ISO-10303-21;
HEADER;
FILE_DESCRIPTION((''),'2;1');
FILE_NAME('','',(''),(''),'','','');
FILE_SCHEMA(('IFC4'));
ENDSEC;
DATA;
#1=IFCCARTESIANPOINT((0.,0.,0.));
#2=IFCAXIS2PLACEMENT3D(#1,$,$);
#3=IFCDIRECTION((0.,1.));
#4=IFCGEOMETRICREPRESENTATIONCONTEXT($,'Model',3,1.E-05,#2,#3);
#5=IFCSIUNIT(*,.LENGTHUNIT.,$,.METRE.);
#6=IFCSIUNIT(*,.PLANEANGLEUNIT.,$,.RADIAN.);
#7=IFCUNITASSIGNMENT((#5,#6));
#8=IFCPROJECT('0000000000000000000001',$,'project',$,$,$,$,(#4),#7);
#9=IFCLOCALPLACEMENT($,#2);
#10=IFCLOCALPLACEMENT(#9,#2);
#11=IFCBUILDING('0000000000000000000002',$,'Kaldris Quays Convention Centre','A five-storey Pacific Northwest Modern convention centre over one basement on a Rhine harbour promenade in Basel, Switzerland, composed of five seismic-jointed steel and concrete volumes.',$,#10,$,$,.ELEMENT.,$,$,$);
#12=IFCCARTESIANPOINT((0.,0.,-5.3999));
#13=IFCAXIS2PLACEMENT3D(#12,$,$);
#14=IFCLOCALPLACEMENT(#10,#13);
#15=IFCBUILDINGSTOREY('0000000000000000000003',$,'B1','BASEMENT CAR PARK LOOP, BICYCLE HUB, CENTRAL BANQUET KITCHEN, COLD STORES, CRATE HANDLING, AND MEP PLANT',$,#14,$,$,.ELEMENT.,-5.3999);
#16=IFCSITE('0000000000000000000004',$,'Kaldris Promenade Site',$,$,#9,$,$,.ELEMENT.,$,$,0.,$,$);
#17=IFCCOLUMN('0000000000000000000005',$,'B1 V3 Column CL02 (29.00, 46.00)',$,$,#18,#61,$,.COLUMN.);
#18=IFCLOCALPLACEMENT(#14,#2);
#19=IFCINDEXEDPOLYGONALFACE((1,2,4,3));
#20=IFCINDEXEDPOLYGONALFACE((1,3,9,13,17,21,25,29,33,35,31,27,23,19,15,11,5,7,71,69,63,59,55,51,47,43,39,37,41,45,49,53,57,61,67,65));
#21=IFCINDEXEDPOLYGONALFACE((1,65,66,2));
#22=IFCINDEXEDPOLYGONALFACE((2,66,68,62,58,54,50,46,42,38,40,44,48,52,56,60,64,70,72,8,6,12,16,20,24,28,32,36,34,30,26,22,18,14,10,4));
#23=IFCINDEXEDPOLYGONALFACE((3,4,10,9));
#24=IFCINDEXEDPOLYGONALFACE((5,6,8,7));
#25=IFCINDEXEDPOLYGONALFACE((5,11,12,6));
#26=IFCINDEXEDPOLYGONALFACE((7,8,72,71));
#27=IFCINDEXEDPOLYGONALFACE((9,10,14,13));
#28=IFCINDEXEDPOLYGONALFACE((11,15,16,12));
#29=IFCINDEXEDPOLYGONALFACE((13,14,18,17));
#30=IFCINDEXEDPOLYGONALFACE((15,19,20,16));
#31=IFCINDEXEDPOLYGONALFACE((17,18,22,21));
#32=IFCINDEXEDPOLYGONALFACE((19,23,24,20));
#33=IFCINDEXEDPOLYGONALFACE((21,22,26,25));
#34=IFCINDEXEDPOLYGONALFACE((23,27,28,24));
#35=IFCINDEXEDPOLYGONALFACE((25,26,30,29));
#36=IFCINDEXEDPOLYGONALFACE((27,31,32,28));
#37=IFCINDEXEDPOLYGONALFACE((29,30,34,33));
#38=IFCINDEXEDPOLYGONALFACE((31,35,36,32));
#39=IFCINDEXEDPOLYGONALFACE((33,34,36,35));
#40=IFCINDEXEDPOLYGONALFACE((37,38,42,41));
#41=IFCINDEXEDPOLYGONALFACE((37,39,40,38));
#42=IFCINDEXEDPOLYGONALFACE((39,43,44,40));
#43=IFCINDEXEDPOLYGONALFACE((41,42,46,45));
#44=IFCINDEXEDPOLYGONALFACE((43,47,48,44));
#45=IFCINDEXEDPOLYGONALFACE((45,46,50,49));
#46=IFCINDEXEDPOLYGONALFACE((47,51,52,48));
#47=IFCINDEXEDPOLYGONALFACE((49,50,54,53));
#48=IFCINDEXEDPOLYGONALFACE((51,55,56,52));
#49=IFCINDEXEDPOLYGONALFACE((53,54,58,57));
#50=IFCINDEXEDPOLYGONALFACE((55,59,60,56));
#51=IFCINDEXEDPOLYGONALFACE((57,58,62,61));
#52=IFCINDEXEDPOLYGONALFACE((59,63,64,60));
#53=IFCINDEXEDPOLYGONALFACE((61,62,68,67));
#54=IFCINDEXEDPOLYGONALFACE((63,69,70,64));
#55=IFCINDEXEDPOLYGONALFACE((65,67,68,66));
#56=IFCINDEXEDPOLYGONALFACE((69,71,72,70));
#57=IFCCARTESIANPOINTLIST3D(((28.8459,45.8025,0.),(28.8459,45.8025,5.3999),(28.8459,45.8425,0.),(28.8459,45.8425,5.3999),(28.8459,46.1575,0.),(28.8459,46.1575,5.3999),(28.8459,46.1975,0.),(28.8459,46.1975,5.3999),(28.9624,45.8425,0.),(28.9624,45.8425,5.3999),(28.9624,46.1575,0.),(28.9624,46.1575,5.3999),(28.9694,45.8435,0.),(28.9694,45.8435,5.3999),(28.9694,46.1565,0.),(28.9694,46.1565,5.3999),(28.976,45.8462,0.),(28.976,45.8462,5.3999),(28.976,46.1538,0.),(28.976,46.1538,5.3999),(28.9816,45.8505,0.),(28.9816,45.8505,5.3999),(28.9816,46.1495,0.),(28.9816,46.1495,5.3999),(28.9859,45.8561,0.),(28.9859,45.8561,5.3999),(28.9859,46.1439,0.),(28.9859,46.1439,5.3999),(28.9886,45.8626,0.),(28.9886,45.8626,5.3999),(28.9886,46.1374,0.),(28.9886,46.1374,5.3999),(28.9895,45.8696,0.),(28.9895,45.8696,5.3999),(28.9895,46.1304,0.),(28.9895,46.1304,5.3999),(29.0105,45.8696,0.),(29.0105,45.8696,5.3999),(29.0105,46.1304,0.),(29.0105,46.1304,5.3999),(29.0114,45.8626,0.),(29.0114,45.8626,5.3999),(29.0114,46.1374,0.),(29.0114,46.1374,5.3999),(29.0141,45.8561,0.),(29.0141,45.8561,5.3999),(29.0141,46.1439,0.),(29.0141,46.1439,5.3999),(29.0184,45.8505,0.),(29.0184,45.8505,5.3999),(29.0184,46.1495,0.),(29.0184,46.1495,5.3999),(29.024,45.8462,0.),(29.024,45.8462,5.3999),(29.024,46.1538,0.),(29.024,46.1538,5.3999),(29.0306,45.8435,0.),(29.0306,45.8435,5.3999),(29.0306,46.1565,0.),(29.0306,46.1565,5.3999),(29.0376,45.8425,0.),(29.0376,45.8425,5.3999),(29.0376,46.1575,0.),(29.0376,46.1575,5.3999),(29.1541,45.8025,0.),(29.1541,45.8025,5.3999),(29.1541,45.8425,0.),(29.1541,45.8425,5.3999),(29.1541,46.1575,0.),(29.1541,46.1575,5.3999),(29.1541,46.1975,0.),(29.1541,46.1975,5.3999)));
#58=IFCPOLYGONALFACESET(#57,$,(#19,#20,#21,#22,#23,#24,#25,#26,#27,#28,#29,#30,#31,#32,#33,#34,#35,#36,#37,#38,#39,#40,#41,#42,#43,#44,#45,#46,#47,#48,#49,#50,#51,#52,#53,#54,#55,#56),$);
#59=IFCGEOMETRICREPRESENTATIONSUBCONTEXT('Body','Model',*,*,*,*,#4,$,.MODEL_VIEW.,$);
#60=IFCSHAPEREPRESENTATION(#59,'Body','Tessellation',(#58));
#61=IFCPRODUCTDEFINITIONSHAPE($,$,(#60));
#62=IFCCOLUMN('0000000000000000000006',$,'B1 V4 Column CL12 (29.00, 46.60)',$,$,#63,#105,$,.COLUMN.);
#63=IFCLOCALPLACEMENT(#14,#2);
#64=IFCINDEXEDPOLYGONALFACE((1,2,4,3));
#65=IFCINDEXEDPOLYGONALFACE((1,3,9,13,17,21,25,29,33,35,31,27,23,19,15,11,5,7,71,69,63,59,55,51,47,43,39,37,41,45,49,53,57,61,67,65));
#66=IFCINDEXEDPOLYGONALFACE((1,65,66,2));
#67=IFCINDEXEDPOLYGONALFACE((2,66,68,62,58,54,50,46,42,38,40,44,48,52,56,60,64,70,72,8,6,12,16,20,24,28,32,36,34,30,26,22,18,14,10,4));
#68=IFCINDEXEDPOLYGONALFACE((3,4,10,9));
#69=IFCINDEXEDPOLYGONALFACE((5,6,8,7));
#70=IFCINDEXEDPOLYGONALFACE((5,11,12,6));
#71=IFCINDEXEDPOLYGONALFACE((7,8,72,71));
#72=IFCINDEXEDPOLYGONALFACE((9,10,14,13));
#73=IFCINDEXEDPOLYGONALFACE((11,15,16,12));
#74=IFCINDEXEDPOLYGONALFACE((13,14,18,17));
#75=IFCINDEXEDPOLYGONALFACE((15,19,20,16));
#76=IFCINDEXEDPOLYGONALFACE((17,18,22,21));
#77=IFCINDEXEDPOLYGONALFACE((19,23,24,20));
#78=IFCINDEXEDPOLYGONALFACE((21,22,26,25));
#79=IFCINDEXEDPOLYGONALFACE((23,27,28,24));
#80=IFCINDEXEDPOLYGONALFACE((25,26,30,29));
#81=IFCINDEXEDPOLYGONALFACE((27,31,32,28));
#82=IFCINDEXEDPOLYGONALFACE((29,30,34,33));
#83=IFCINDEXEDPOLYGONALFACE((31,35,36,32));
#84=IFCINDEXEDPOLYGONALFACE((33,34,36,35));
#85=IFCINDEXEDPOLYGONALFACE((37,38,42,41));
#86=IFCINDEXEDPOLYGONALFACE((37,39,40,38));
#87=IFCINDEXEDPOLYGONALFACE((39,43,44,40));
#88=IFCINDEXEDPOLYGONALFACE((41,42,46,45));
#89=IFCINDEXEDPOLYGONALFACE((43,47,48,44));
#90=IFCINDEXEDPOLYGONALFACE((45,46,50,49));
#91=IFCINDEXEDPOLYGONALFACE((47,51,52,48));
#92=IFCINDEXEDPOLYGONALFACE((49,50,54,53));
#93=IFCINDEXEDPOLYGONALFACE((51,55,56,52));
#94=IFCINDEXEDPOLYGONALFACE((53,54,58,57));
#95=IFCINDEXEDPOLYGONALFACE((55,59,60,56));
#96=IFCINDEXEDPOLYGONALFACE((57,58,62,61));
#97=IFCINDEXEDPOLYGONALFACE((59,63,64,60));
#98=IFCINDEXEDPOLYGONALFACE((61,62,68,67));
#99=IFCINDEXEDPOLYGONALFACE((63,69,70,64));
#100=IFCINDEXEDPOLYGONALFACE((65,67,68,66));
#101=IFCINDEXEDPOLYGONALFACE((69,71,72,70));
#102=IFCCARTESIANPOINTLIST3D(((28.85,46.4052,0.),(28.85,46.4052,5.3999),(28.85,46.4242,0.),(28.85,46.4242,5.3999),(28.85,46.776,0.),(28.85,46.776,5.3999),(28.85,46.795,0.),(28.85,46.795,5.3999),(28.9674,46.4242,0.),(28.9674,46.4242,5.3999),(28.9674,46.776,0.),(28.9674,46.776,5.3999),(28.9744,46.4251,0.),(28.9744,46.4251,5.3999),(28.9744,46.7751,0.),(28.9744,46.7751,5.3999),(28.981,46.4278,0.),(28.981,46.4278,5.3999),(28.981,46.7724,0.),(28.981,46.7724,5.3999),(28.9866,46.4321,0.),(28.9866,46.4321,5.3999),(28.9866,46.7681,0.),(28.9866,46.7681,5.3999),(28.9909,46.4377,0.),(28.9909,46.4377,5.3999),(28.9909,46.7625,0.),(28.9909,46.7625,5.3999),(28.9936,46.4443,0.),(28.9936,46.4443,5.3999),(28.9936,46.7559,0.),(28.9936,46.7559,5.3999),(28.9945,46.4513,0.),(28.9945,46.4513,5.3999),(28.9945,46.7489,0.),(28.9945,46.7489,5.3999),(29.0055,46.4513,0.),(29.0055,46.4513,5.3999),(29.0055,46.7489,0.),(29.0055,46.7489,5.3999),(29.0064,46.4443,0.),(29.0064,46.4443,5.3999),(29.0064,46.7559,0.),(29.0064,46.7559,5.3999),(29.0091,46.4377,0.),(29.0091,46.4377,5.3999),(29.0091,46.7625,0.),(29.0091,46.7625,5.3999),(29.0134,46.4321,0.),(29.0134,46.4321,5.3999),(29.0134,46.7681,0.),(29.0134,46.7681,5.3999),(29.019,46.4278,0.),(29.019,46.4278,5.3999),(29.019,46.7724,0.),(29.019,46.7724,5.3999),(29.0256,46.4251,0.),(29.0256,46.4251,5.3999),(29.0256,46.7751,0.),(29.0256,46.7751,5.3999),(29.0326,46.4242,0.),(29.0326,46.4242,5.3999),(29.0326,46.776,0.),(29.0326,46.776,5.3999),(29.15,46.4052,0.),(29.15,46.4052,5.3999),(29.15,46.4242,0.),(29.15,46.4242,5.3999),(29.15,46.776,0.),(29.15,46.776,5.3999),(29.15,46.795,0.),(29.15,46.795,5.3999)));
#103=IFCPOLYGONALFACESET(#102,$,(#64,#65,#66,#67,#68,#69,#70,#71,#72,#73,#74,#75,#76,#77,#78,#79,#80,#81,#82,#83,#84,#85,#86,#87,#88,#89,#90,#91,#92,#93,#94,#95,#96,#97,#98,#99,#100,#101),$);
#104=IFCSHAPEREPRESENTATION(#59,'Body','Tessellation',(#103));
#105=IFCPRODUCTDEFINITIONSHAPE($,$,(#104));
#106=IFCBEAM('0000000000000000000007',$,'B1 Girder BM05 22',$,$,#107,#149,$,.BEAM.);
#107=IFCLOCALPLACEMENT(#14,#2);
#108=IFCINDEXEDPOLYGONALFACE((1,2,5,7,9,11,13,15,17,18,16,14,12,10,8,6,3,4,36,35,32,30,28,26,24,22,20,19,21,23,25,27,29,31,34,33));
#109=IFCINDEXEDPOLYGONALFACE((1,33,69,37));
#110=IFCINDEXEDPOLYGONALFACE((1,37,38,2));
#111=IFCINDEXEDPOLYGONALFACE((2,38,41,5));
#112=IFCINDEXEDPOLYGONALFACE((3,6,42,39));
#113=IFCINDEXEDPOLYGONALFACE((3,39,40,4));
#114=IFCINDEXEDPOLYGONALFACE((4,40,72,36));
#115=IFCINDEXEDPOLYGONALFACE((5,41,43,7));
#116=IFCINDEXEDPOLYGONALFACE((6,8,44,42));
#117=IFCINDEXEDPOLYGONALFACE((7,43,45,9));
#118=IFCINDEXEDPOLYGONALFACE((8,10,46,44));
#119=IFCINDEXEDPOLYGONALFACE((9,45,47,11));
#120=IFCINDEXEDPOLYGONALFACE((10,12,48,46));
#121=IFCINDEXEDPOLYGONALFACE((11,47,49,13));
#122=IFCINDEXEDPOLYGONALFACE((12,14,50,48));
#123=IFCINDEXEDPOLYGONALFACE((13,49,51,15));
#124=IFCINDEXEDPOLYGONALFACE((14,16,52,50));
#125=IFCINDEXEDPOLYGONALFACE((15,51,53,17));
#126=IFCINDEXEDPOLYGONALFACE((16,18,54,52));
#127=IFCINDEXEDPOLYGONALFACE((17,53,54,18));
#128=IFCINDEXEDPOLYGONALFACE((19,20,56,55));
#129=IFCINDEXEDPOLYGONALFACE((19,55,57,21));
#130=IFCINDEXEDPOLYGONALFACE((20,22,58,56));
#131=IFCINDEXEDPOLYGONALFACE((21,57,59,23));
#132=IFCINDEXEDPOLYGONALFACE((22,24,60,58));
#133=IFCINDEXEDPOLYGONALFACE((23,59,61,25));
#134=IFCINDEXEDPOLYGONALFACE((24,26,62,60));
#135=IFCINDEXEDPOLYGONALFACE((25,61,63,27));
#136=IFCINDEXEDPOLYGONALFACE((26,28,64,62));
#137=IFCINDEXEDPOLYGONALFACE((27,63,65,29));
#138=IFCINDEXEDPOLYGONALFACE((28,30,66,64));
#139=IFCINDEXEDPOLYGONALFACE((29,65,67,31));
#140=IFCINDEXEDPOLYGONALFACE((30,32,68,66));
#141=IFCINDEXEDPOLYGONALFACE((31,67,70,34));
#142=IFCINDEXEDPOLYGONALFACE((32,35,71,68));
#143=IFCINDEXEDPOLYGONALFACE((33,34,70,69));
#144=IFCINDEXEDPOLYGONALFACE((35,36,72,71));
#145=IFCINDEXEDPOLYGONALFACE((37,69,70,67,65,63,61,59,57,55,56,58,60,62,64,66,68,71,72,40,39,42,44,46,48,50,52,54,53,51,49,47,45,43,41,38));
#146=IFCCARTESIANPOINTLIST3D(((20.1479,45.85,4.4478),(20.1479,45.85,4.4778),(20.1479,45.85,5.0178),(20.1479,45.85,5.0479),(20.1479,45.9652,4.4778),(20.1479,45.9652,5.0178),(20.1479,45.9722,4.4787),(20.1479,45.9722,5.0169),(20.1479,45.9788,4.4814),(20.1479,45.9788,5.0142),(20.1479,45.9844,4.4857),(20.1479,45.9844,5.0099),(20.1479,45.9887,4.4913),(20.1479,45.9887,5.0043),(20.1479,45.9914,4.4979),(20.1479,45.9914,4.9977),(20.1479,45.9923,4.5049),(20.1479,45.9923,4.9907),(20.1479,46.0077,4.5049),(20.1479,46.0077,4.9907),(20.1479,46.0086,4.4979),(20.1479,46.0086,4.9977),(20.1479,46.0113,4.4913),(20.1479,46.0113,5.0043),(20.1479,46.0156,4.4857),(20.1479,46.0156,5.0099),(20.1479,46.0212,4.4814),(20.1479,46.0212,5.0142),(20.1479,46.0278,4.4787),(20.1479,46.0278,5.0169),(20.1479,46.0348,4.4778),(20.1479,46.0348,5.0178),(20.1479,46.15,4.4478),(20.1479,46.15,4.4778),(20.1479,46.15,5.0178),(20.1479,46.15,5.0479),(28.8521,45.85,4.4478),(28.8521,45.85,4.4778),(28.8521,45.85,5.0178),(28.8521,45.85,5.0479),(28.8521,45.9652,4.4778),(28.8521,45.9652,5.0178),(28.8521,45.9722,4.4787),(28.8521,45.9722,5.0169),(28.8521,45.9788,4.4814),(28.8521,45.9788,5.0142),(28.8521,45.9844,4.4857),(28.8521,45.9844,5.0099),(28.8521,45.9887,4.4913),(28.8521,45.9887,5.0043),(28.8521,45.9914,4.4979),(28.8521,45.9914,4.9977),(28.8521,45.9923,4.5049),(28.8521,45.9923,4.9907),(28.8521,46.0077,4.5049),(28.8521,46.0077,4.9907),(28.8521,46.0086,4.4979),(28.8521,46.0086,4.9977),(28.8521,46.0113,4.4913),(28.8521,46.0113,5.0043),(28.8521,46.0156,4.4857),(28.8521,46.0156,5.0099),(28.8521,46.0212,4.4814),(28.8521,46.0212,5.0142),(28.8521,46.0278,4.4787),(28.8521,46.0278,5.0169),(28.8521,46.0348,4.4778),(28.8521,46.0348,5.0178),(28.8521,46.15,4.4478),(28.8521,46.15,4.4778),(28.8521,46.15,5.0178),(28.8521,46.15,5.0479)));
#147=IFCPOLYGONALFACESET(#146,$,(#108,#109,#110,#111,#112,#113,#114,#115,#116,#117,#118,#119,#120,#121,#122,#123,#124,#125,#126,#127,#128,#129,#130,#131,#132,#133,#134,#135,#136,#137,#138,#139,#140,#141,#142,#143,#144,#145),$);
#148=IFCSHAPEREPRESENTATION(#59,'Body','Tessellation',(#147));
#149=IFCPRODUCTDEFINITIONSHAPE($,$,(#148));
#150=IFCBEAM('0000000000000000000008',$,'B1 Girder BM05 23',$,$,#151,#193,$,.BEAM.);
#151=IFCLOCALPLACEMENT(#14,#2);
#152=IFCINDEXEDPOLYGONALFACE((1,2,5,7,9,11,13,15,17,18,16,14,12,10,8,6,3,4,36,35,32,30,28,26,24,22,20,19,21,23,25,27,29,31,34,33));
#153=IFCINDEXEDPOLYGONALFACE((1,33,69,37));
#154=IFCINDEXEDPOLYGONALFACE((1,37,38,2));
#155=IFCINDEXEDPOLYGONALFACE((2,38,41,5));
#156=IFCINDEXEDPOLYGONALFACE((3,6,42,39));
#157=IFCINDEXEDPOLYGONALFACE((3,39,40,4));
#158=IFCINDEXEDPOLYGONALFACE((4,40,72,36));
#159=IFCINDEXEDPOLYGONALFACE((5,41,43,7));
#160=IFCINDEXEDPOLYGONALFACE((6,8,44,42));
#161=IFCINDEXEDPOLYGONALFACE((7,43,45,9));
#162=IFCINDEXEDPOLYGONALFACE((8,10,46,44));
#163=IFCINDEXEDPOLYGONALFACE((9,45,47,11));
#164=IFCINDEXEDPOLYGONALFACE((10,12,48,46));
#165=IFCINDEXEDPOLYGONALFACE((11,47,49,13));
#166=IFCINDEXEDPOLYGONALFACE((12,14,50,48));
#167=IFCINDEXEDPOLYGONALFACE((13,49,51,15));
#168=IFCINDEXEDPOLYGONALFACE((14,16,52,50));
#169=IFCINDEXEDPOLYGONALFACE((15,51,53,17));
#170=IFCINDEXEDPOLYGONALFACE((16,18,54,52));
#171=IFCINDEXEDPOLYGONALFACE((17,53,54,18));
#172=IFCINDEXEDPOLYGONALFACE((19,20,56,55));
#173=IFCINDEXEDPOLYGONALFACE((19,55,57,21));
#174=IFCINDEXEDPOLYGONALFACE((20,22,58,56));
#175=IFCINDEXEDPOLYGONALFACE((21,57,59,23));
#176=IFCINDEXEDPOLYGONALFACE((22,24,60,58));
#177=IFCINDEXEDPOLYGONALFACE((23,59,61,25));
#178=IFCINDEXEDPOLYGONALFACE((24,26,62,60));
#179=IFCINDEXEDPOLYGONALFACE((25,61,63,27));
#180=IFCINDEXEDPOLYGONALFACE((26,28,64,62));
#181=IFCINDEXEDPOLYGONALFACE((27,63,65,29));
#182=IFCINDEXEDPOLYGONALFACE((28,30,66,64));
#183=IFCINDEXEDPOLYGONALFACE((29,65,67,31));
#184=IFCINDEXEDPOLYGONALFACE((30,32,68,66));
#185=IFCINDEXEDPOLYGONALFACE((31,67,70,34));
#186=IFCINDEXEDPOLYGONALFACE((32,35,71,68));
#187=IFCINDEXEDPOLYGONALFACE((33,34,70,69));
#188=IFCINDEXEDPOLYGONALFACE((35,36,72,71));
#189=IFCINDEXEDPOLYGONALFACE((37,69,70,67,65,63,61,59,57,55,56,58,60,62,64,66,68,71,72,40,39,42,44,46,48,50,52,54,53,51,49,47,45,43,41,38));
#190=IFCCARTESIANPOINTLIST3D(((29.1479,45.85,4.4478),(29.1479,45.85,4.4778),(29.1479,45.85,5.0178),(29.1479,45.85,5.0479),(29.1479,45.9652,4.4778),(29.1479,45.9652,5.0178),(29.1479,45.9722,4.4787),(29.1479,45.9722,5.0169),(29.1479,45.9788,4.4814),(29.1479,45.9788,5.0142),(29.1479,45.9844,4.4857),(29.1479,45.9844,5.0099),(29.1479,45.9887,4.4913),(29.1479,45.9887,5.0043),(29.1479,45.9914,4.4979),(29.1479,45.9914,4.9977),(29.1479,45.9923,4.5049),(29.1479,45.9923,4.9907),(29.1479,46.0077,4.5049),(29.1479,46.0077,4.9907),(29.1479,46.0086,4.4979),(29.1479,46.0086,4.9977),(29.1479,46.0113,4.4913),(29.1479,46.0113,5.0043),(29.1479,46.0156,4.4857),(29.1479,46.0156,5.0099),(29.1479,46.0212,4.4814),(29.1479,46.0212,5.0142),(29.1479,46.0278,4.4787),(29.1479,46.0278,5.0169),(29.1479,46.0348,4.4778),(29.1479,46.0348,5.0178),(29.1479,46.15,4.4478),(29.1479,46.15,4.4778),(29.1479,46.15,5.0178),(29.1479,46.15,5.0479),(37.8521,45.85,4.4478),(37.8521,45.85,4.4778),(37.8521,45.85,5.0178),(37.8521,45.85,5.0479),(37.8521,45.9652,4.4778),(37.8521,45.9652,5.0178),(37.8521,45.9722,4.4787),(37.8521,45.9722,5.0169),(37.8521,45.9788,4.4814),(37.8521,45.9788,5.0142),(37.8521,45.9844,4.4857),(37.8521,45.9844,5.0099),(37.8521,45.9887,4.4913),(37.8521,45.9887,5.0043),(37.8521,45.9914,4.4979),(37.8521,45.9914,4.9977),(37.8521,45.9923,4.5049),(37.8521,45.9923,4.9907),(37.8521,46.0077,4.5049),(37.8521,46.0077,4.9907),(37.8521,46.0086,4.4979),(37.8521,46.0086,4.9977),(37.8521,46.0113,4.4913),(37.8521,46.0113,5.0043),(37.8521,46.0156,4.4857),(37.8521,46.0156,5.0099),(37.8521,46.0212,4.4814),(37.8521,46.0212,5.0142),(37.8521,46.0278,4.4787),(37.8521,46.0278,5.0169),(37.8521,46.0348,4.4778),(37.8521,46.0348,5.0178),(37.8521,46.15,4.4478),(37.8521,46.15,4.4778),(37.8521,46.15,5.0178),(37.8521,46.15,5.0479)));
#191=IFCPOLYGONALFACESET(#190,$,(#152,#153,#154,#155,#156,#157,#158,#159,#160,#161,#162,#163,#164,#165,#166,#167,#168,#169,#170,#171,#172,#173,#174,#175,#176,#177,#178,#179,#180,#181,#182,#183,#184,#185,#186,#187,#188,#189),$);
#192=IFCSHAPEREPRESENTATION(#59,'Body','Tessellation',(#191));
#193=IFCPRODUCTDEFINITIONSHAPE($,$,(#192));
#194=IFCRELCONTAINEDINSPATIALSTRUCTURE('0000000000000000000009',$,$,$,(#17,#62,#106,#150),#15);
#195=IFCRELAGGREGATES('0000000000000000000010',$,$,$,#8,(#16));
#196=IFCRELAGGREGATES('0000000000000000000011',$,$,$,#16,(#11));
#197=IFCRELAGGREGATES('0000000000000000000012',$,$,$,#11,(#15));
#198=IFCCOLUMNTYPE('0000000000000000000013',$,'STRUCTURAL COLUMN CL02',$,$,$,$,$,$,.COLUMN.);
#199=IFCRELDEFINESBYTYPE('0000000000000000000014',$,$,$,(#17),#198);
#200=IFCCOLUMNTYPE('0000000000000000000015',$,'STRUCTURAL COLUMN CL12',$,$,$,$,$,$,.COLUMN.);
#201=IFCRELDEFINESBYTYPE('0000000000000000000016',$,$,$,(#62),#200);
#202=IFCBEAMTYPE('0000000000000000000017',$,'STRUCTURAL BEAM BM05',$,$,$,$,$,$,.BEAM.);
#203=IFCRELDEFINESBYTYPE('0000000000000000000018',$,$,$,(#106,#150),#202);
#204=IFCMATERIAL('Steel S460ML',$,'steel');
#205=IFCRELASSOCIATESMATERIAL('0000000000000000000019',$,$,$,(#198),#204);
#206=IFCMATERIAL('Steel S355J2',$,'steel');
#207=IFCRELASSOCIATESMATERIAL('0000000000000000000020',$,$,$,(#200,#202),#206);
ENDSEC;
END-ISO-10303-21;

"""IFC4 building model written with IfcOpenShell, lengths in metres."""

from ifc_helpers import new_model, si_unit, direction, frame, origin, origin_2d, place, context, subcontext, project, spatial, i_section, extrude, material, material_profile, profile_set, type_object, element, save


model = new_model("IFC4")

# Units and contexts
model_context = context("Model", 3, precision=1e-05, world=origin(), true_north=direction((0.0, 1.0)))
body_context = subcontext(model_context, "Body", "Model", "MODEL_VIEW")
ifc_project = project(units=[si_unit("LENGTHUNIT", "METRE"), si_unit("PLANEANGLEUNIT", "RADIAN")], contexts=[model_context])

# Site, building, storey
site_placement = place(None, origin())
site = spatial("IfcSite", under=ifc_project, at=site_placement, Name="Kaldris Promenade Site", CompositionType="ELEMENT", RefElevation=0.0)
building_placement = place(site_placement, origin())
building = spatial("IfcBuilding", under=site, at=building_placement, Name="Kaldris Quays Convention Centre", Description="A five-storey Pacific Northwest Modern convention centre over one basement on a Rhine harbour promenade in Basel, Switzerland, composed of five seismic-jointed steel and concrete volumes.", CompositionType="ELEMENT")
storey_placement = place(building_placement, frame((0.0, 0.0, -5.3999)))
storey = spatial("IfcBuildingStorey", under=building, at=storey_placement, Name="B1", Description="BASEMENT CAR PARK LOOP, BICYCLE HUB, CENTRAL BANQUET KITCHEN, COLD STORES, CRATE HANDLING, AND MEP PLANT", CompositionType="ELEMENT", Elevation=-5.3999)

# Columns
ifc_material_1 = material(Name="Steel S460ML", Category="steel")
ifc_material_profile_1 = material_profile(ifc_material_1, i_section(OverallWidth=0.3081, OverallDepth=0.395, WebThickness=0.021, FlangeThickness=0.04, FilletRadius=0.0271, at=origin_2d()), Name="HEM 360")
ifc_profile_set_1 = profile_set([ifc_material_profile_1], Name="Steel S460ML")
column_type_1 = type_object("IfcColumnType", Name="STRUCTURAL COLUMN CL02", PredefinedType="COLUMN", material=ifc_profile_set_1)
for number, where, z_axis, x_axis, name in (
    (1, (29.0, 46.0, 0.0), (0.0, 0.0, 1.0), (1.0, 0.0, 0.0), "B1 V3 Column CL02 (29.00, 46.00)"),
):
    element("IfcColumn", number, at=place(storey_placement, frame(where, z_axis=z_axis, x_axis=x_axis)), inside=storey, type_object=column_type_1, Name=name, PredefinedType="COLUMN", context=body_context, shape_type="SweptSolid", body=[
        extrude(i_section(OverallWidth=0.3081, OverallDepth=0.395, WebThickness=0.021, FlangeThickness=0.04, FilletRadius=0.0271, at=origin_2d()), origin(), (0.0, 0.0, 1.0), 5.3999),
    ])
ifc_material_2 = material(Name="Steel S355J2", Category="steel")
ifc_material_profile_2 = material_profile(ifc_material_2, i_section(OverallWidth=0.3, OverallDepth=0.3899, WebThickness=0.011, FlangeThickness=0.019, FilletRadius=0.0271, at=origin_2d()), Name="HEA 400")
ifc_profile_set_2 = profile_set([ifc_material_profile_2], Name="Steel S355J2")
column_type_2 = type_object("IfcColumnType", Name="STRUCTURAL COLUMN CL12", PredefinedType="COLUMN", material=ifc_profile_set_2)
column_placement = place(storey_placement, frame((29.0, 46.6001, 0.0), z_axis=(0.0, 0.0, 1.0), x_axis=(1.0, 0.0, 0.0)))
element("IfcColumn", 2, at=column_placement, inside=storey, type_object=column_type_2, Name="B1 V4 Column CL12 (29.00, 46.60)", PredefinedType="COLUMN", context=body_context, shape_type="SweptSolid", body=[
    extrude(i_section(OverallWidth=0.3, OverallDepth=0.3899, WebThickness=0.011, FlangeThickness=0.019, FilletRadius=0.0271, at=origin_2d()), origin(), (0.0, 0.0, 1.0), 5.3999),
])

# Beams
ifc_material_profile_3 = material_profile(ifc_material_2, i_section(OverallWidth=0.3, OverallDepth=0.6001, WebThickness=0.0154, FlangeThickness=0.03, FilletRadius=0.0271, at=origin_2d()), Name="HEB 600")
ifc_profile_set_3 = profile_set([ifc_material_profile_3], Name="Steel S355J2")
beam_type_1 = type_object("IfcBeamType", Name="STRUCTURAL BEAM BM05", PredefinedType="BEAM", material=ifc_profile_set_3)
for number, where, z_axis, x_axis, name in (
    (3, (20.1479, 46.0, 4.7478), (1.0, 0.0, 0.0), (0.0, 1.0, 0.0), "B1 Girder BM05 22"),
    (4, (29.1479, 46.0, 4.7478), (1.0, 0.0, 0.0), (0.0, 1.0, 0.0), "B1 Girder BM05 23"),
):
    element("IfcBeam", number, at=place(storey_placement, frame(where, z_axis=z_axis, x_axis=x_axis)), inside=storey, type_object=beam_type_1, Name=name, PredefinedType="BEAM", context=body_context, shape_type="SweptSolid", body=[
        extrude(i_section(OverallWidth=0.3, OverallDepth=0.6001, WebThickness=0.0154, FlangeThickness=0.03, FilletRadius=0.0271, at=origin_2d()), origin(), (0.0, 0.0, 1.0), 8.7041),
    ])

save(model, "model.ifc")
